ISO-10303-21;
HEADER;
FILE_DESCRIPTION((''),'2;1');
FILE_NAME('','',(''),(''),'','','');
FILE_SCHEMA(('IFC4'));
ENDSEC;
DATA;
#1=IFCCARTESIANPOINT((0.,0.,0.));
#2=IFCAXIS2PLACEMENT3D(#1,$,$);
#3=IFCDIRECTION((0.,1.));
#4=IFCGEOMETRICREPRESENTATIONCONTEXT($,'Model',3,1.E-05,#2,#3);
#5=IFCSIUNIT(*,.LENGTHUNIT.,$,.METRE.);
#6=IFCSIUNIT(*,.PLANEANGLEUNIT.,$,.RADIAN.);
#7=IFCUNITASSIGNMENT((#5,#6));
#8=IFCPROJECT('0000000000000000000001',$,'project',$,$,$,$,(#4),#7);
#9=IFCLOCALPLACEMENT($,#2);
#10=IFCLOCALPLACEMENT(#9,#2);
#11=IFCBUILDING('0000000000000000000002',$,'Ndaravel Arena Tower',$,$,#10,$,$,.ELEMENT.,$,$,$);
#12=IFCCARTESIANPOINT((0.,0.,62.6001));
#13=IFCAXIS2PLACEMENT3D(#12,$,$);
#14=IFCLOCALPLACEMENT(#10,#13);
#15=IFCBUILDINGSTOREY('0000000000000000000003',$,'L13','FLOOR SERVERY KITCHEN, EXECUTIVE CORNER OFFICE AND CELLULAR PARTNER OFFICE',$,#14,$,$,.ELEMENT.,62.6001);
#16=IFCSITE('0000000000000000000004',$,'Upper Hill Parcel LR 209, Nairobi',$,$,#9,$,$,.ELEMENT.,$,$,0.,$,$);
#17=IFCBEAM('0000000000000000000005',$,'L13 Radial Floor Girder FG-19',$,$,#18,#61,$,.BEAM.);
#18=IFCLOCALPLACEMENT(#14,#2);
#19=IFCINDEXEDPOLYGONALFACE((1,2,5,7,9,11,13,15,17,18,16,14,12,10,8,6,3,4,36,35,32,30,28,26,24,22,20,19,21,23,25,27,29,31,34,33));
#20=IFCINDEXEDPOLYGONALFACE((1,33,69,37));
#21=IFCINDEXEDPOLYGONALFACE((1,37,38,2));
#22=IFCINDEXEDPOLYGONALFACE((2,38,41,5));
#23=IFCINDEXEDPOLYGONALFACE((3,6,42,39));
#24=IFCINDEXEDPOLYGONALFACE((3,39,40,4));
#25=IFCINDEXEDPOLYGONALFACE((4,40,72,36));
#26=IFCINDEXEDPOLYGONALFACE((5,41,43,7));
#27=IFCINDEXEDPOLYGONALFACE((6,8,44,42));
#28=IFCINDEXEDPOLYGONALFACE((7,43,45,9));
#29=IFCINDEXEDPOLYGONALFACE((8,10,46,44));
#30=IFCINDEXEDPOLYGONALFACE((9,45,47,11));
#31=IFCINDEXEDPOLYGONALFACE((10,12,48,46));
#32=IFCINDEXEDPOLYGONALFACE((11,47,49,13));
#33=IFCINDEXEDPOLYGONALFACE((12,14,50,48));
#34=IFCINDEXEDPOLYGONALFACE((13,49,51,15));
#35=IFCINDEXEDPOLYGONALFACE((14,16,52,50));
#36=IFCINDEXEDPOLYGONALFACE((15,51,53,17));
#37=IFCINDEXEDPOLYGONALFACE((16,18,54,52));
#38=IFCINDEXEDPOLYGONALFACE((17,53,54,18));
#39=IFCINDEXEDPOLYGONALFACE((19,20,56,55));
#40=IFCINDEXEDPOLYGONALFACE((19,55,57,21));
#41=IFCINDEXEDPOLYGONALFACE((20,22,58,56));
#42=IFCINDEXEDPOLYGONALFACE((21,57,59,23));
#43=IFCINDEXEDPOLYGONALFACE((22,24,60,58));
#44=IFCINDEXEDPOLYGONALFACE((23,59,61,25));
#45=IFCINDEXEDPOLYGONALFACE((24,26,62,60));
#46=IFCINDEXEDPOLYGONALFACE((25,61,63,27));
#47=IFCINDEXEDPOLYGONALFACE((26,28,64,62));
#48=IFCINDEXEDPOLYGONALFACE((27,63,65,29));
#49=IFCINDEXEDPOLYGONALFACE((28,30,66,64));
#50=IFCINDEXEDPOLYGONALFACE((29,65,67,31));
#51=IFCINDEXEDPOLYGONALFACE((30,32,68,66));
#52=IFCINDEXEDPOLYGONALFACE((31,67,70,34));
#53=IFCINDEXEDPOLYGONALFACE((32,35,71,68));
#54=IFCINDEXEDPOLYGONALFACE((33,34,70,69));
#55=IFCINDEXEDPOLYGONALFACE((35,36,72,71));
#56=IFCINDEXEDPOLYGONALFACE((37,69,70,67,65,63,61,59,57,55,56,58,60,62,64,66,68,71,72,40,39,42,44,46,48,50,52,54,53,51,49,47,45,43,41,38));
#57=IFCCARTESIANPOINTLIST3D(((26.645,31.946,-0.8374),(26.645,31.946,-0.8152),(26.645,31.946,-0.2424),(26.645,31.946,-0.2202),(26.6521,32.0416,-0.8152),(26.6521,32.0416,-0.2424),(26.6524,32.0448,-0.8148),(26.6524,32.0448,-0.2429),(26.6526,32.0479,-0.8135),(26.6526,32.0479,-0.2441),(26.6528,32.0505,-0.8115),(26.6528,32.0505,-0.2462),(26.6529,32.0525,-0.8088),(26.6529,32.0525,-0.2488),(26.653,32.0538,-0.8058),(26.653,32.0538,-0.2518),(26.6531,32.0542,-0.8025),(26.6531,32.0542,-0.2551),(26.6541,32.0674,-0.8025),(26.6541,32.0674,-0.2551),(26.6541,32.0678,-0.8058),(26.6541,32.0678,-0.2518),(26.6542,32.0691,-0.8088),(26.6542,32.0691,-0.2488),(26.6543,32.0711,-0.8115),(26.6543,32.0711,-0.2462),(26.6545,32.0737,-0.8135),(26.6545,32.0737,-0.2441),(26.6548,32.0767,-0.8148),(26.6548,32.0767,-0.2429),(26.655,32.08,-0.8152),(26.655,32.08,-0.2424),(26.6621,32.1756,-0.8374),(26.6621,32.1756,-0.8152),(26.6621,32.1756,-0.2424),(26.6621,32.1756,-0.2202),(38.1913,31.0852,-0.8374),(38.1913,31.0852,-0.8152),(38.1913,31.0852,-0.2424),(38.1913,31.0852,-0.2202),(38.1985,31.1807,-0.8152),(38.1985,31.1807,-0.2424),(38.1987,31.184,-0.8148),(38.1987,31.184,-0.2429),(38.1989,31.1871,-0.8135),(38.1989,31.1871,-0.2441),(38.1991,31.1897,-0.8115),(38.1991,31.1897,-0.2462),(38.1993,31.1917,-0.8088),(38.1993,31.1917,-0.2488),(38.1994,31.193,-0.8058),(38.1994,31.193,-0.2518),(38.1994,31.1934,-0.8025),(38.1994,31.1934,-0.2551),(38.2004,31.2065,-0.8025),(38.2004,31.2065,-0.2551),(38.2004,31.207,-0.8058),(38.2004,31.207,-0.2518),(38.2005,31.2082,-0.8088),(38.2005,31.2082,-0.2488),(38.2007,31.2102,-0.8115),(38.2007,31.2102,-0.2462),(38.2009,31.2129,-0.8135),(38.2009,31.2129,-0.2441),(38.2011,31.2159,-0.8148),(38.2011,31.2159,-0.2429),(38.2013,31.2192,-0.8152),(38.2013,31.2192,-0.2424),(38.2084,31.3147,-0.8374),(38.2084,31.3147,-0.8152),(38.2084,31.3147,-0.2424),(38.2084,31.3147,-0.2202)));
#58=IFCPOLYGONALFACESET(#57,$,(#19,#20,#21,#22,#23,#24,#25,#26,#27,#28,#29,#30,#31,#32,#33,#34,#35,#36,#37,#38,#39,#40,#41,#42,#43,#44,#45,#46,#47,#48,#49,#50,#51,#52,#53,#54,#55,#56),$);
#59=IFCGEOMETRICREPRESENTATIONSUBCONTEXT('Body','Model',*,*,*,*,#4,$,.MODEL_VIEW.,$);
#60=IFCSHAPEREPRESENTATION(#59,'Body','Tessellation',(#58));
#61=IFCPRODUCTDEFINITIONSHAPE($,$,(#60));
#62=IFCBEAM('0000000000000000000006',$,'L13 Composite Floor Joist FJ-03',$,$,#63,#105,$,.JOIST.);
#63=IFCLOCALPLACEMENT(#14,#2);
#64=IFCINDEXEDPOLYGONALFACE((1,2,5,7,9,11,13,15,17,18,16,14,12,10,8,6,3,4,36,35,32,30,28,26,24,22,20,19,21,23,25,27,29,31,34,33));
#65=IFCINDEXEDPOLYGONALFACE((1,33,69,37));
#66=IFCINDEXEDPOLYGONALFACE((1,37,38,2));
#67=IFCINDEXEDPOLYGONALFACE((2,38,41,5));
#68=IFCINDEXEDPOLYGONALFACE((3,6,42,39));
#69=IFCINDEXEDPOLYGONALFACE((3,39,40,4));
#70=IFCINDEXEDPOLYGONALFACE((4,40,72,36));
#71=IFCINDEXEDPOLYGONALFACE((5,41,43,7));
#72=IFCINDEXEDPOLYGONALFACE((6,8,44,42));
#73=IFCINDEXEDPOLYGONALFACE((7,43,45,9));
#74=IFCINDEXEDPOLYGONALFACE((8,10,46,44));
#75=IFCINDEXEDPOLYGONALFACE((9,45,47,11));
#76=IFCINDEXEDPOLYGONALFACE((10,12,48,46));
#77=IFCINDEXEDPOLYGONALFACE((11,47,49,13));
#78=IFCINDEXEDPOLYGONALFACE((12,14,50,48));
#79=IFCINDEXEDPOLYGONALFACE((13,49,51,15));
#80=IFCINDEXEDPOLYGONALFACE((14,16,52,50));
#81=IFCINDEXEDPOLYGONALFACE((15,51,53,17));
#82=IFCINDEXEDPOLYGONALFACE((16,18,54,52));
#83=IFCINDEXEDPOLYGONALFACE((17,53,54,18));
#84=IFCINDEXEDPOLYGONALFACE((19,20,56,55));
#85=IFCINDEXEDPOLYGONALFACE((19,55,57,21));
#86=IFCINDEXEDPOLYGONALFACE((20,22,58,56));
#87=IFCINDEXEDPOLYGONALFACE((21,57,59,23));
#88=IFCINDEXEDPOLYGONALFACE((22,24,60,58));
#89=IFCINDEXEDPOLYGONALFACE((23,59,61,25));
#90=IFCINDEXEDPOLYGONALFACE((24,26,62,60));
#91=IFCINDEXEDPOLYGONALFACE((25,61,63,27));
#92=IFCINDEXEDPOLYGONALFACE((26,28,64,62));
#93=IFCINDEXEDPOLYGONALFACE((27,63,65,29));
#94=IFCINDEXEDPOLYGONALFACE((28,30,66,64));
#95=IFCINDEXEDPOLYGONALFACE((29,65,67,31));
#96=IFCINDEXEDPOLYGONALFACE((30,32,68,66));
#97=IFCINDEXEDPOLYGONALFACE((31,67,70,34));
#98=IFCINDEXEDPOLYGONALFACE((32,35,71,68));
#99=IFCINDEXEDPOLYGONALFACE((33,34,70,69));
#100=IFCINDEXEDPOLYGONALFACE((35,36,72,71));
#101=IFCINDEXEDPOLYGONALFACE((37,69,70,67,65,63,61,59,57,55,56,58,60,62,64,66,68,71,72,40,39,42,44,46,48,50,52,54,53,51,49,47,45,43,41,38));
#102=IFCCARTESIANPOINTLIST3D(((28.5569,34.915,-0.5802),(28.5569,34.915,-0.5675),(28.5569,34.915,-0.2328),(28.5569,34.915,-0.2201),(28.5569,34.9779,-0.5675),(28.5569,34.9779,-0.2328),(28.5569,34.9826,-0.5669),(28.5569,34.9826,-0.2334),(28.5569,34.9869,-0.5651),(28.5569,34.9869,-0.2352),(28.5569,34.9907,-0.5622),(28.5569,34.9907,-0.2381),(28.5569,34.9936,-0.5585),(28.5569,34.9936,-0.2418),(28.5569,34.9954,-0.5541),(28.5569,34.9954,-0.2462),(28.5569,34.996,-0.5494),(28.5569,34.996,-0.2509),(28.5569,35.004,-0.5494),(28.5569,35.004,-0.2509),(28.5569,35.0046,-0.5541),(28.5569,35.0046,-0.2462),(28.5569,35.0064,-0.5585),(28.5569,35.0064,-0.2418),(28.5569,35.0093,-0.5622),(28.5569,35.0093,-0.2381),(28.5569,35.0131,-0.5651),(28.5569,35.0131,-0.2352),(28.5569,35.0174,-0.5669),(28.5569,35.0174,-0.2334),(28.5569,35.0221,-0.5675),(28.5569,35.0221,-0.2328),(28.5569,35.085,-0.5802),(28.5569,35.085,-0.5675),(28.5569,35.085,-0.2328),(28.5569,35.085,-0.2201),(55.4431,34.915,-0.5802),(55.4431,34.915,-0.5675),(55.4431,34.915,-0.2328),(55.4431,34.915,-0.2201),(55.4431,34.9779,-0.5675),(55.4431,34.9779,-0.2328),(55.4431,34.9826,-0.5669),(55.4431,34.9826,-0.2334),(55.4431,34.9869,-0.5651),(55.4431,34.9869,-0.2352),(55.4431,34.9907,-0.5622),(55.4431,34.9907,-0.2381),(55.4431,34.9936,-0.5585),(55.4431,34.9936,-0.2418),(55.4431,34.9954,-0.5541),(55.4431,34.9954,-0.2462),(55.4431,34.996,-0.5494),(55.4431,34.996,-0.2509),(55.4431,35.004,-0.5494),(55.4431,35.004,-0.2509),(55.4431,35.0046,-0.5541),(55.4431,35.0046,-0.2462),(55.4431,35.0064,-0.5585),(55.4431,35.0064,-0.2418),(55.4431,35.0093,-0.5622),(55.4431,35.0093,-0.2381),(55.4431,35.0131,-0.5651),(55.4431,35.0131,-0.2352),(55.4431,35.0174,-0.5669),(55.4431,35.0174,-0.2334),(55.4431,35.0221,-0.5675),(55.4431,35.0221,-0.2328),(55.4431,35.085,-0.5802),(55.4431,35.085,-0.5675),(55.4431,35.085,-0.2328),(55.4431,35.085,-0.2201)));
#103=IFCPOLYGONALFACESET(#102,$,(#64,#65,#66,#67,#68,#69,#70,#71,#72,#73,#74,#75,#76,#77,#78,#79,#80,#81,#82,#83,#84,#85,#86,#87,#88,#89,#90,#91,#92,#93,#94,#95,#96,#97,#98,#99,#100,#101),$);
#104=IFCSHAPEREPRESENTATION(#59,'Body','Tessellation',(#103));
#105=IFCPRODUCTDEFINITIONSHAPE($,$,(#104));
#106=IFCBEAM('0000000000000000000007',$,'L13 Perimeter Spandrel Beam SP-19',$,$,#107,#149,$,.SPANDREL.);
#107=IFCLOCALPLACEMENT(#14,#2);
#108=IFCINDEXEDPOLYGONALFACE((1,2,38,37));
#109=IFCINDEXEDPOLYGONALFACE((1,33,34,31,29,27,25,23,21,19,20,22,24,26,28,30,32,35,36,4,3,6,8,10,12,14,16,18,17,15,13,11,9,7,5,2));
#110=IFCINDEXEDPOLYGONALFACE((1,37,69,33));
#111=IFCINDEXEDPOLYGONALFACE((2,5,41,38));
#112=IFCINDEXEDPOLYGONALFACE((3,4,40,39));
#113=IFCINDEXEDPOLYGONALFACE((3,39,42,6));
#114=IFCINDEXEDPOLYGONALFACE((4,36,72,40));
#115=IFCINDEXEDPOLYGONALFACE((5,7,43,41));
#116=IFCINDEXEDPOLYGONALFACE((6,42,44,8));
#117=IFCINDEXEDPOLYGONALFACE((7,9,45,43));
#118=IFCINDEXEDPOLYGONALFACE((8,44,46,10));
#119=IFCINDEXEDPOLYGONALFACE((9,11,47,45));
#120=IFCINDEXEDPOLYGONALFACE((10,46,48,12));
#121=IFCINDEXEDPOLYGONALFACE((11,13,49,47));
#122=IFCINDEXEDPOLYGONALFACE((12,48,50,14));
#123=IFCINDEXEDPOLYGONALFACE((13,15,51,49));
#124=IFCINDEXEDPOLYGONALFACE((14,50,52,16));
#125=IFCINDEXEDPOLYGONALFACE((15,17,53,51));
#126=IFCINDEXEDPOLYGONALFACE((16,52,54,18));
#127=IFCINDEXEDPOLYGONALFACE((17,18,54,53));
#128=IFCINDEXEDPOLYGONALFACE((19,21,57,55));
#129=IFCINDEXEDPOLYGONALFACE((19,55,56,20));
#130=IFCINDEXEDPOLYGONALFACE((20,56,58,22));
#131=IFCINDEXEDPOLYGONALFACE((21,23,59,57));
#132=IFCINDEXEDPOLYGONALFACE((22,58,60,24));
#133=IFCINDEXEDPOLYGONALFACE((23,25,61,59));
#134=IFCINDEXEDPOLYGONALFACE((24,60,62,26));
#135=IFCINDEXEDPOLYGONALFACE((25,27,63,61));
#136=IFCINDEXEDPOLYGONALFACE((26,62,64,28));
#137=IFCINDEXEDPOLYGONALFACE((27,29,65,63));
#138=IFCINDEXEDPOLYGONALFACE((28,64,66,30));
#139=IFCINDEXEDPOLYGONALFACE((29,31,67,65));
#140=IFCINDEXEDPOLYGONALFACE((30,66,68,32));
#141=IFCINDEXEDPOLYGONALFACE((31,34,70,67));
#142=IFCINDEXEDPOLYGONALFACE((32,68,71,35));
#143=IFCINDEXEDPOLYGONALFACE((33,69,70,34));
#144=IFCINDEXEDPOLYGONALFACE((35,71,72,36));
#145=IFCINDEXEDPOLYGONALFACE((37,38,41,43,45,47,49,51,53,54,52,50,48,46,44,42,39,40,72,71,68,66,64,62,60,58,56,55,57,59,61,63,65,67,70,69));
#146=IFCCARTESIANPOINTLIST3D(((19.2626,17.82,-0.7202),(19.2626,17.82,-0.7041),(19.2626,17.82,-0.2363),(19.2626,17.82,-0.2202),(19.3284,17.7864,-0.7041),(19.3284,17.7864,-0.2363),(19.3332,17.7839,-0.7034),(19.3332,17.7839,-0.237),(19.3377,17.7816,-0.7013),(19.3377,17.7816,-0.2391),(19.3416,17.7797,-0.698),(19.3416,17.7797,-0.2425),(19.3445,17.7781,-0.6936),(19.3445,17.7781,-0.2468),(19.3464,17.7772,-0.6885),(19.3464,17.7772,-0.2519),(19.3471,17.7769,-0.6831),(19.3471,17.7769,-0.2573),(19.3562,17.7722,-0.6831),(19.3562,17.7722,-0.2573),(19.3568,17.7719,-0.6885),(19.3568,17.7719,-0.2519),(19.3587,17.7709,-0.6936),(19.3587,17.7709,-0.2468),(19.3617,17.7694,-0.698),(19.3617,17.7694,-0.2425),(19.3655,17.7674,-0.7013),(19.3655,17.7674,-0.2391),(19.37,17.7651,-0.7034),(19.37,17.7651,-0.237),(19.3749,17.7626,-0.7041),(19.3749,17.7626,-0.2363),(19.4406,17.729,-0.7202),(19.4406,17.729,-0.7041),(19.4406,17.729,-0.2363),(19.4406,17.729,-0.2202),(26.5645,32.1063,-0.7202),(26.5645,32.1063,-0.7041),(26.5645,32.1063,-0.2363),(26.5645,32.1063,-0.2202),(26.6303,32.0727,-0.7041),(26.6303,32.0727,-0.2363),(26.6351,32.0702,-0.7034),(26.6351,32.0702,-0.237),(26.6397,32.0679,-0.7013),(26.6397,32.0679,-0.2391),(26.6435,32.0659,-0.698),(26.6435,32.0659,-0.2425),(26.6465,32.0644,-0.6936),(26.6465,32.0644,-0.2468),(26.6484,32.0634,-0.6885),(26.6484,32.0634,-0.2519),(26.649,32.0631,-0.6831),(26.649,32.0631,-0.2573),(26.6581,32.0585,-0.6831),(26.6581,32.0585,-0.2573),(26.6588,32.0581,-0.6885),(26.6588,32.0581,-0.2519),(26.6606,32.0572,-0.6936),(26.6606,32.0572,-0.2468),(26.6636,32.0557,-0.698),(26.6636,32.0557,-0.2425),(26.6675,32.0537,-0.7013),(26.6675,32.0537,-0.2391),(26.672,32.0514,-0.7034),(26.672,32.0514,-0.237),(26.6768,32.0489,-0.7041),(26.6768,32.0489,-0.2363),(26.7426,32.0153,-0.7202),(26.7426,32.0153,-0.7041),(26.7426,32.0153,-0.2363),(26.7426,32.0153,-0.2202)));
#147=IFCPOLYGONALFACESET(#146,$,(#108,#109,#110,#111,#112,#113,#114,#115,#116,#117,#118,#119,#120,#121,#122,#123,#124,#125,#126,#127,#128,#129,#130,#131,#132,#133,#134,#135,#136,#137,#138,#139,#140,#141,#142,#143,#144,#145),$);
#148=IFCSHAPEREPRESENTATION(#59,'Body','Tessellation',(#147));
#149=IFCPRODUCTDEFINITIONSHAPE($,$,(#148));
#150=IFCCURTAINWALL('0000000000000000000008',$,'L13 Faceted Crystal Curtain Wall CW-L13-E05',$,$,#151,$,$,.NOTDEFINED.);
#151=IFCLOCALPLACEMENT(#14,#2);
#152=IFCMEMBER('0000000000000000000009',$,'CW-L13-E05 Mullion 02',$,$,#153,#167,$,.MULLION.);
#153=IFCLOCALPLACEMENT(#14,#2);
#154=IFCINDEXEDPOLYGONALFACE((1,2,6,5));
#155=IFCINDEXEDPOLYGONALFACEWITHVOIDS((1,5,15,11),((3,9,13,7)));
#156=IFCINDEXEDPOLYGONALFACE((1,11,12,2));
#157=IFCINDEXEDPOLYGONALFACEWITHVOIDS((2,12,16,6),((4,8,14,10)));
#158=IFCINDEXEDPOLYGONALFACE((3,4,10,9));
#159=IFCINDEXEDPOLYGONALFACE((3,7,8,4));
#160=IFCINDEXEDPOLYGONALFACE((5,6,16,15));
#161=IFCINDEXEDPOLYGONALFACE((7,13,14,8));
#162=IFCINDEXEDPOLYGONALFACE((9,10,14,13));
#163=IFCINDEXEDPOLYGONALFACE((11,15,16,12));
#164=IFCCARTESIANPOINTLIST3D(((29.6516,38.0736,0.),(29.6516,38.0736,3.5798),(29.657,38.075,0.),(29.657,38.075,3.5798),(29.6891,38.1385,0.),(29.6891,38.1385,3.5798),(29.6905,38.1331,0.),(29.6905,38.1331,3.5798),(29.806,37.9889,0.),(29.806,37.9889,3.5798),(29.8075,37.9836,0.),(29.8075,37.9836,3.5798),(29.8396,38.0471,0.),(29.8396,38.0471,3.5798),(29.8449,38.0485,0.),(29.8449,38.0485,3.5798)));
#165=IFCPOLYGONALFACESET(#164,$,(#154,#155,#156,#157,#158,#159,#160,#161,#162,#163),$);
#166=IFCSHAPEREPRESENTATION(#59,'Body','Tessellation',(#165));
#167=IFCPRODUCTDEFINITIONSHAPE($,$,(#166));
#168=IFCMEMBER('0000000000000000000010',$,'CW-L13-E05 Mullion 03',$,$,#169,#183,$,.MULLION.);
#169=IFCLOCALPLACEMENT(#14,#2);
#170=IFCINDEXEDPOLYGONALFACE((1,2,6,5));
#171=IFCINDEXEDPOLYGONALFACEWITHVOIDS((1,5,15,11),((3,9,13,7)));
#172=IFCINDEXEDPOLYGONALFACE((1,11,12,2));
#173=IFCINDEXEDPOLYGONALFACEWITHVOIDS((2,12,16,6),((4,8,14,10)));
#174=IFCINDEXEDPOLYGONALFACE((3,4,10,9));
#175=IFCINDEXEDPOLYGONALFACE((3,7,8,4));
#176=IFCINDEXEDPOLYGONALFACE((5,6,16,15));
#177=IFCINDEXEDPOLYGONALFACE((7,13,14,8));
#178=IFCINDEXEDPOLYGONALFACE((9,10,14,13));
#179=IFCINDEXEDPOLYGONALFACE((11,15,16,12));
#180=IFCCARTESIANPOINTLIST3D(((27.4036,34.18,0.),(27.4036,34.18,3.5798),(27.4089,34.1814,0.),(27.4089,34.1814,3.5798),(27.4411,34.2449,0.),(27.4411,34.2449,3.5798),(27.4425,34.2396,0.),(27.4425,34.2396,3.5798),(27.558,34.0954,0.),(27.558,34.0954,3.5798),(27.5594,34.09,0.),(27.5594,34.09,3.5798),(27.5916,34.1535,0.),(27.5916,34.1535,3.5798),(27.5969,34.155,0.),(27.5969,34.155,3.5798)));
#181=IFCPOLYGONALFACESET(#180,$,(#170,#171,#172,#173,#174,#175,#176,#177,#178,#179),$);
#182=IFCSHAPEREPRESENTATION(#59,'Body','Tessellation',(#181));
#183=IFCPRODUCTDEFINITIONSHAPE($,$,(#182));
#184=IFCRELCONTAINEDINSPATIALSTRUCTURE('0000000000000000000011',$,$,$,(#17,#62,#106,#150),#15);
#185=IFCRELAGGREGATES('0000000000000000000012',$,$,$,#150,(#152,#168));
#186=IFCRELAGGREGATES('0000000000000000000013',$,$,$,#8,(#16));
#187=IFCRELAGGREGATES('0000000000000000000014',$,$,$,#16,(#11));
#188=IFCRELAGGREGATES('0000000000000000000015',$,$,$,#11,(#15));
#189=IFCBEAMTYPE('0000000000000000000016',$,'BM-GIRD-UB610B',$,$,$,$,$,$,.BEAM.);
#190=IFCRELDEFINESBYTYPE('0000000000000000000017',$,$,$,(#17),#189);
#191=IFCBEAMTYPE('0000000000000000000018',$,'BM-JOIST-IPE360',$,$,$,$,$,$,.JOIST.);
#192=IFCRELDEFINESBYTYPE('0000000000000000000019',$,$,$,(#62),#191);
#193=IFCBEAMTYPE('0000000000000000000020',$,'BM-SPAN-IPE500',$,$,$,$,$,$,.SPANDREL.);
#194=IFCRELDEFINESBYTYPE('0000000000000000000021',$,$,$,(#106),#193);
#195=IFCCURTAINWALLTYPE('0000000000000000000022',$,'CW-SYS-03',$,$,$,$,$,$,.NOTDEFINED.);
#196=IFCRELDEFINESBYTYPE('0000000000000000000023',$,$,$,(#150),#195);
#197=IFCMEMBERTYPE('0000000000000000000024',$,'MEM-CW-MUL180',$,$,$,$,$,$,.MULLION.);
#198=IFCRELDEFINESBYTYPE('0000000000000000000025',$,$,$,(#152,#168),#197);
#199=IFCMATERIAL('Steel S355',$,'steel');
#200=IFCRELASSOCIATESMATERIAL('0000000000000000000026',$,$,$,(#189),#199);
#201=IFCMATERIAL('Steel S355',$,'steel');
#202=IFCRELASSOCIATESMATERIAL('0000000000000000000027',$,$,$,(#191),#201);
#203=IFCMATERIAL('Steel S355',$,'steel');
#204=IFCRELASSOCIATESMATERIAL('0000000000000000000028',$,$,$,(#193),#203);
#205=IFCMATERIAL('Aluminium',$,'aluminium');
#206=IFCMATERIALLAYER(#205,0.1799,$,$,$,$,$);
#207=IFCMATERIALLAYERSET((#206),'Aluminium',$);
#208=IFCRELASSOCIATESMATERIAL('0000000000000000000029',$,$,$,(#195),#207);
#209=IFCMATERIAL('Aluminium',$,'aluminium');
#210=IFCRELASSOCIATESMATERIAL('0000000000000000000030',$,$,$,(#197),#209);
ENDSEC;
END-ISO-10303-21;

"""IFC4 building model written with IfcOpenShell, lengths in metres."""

from ifc_helpers import new_model, si_unit, direction, frame, origin, origin_2d, place, context, subcontext, project, spatial, hollow_rectangle, i_section, extrude, material, layer, layer_set, material_profile, profile_set, type_object, element, aggregate, save


model = new_model("IFC4")

# Units and contexts
model_context = context("Model", 3, precision=1e-05, world=origin(), true_north=direction((0.0, 1.0)))
body_context = subcontext(model_context, "Body", "Model", "MODEL_VIEW")
ifc_project = project(units=[si_unit("LENGTHUNIT", "METRE"), si_unit("PLANEANGLEUNIT", "RADIAN")], contexts=[model_context])

# Site, building, storey
site_placement = place(None, origin())
site = spatial("IfcSite", under=ifc_project, at=site_placement, Name="Upper Hill Parcel LR 209, Nairobi", CompositionType="ELEMENT", RefElevation=0.0)
building_placement = place(site_placement, origin())
building = spatial("IfcBuilding", under=site, at=building_placement, Name="Ndaravel Arena Tower", CompositionType="ELEMENT")
storey_placement = place(building_placement, frame((0.0, 0.0, 62.6001)))
storey = spatial("IfcBuildingStorey", under=building, at=storey_placement, Name="L13", Description="FLOOR SERVERY KITCHEN, EXECUTIVE CORNER OFFICE AND CELLULAR PARTNER OFFICE", CompositionType="ELEMENT", Elevation=62.6001)

# Beams
ifc_material_1 = material(Name="Steel S355", Category="steel")
ifc_material_profile_1 = material_profile(ifc_material_1, i_section(OverallWidth=0.2302, OverallDepth=0.6172, WebThickness=0.0132, FlangeThickness=0.0222, FilletRadius=0.0127, at=origin_2d()), Name="UB 610x229x140")
ifc_profile_set_1 = profile_set([ifc_material_profile_1], Name="Steel S355")
beam_type_1 = type_object("IfcBeamType", Name="BM-GIRD-UB610B", PredefinedType="BEAM", material=ifc_profile_set_1)
beam_1_placement = place(storey_placement, frame((26.6536, 32.0608, -0.5288), z_axis=(0.997232, -0.074349, 0.0), x_axis=(0.074349, 0.997232, 0.0)))
element("IfcBeam", 1, at=beam_1_placement, inside=storey, type_object=beam_type_1, Name="L13 Radial Floor Girder FG-19", PredefinedType="BEAM", context=body_context, shape_type="SweptSolid", body=[
    extrude(i_section(OverallWidth=0.2302, OverallDepth=0.6172, WebThickness=0.0132, FlangeThickness=0.0222, FilletRadius=0.0127, at=origin_2d()), origin(), (0.0, 0.0, 1.0), 11.5784),
])
ifc_material_2 = material(Name="Steel S355", Category="steel")
ifc_material_profile_2 = material_profile(ifc_material_2, i_section(OverallWidth=0.1699, OverallDepth=0.3601, WebThickness=0.0081, FlangeThickness=0.0127, FilletRadius=0.0181, at=origin_2d()), Name="IPE 360")
ifc_profile_set_2 = profile_set([ifc_material_profile_2], Name="Steel S355")
beam_type_2 = type_object("IfcBeamType", Name="BM-JOIST-IPE360", PredefinedType="JOIST", material=ifc_profile_set_2)
beam_2_placement = place(storey_placement, frame((28.5569, 35.0, -0.4001), z_axis=(1.0, 0.0, 0.0), x_axis=(0.0, 1.0, 0.0)))
element("IfcBeam", 2, at=beam_2_placement, inside=storey, type_object=beam_type_2, Name="L13 Composite Floor Joist FJ-03", PredefinedType="JOIST", context=body_context, shape_type="SweptSolid", body=[
    extrude(i_section(OverallWidth=0.1699, OverallDepth=0.3601, WebThickness=0.0081, FlangeThickness=0.0127, FilletRadius=0.0181, at=origin_2d()), origin(), (0.0, 0.0, 1.0), 26.8862),
])
ifc_material_3 = material(Name="Steel S355", Category="steel")
ifc_material_profile_3 = material_profile(ifc_material_3, i_section(OverallWidth=0.2, OverallDepth=0.5, WebThickness=0.0103, FlangeThickness=0.0161, FilletRadius=0.021, at=origin_2d()), Name="IPE 500")
ifc_profile_set_3 = profile_set([ifc_material_profile_3], Name="Steel S355")
beam_type_3 = type_object("IfcBeamType", Name="BM-SPAN-IPE500", PredefinedType="SPANDREL", material=ifc_profile_set_3)
beam_3_placement = place(storey_placement, frame((26.6536, 32.0608, -0.4702), z_axis=(-0.455115, -0.890433, 0.0), x_axis=(0.890433, -0.455115, 0.0)))
element("IfcBeam", 3, at=beam_3_placement, inside=storey, type_object=beam_type_3, Name="L13 Perimeter Spandrel Beam SP-19", PredefinedType="SPANDREL", context=body_context, shape_type="SweptSolid", body=[
    extrude(i_section(OverallWidth=0.2, OverallDepth=0.5, WebThickness=0.0103, FlangeThickness=0.0161, FilletRadius=0.021, at=origin_2d()), origin(), (0.0, 0.0, 1.0), 16.0442),
])

# Curtain wall, members
ifc_material_4 = material(Name="Aluminium", Category="aluminium")
ifc_layer_1 = layer(ifc_material_4, 0.1799)
ifc_layer_set_1 = layer_set([ifc_layer_1], Name="Aluminium")
curtain_wall_type = type_object("IfcCurtainWallType", Name="CW-SYS-03", PredefinedType="NOTDEFINED", material=ifc_layer_set_1)
curtain_wall_placement = place(storey_placement, origin())
curtain_wall = element("IfcCurtainWall", 4, at=curtain_wall_placement, inside=storey, type_object=curtain_wall_type, Name="L13 Faceted Crystal Curtain Wall CW-L13-E05", PredefinedType="NOTDEFINED")
ifc_material_5 = material(Name="Aluminium", Category="aluminium")
ifc_material_profile_4 = material_profile(ifc_material_5, hollow_rectangle(XDim=0.075, YDim=0.1799, WallThickness=0.0039, at=origin_2d()), Name="CW MULLION 75x180x4")
ifc_profile_set_4 = profile_set([ifc_material_profile_4], Name="Aluminium")
member_type = type_object("IfcMemberType", Name="MEM-CW-MUL180", PredefinedType="MULLION", material=ifc_profile_set_4)
member_1_placement = place(storey_placement, frame((29.7483, 38.061, 0.0), z_axis=(0.0, 0.0, 1.0), x_axis=(-0.5, -0.866025, 0.0)))
member_1 = element("IfcMember", 5, at=member_1_placement, type_object=member_type, Name="CW-L13-E05 Mullion 02", PredefinedType="MULLION", context=body_context, shape_type="SweptSolid", body=[
    extrude(hollow_rectangle(XDim=0.075, YDim=0.1799, WallThickness=0.0039, at=origin_2d()), origin(), (0.0, 0.0, 1.0), 3.5798),
])
member_2_placement = place(storey_placement, frame((27.5002, 34.1675, 0.0), z_axis=(0.0, 0.0, 1.0), x_axis=(-0.5, -0.866025, 0.0)))
member_2 = element("IfcMember", 6, at=member_2_placement, type_object=member_type, Name="CW-L13-E05 Mullion 03", PredefinedType="MULLION", context=body_context, shape_type="SweptSolid", body=[
    extrude(hollow_rectangle(XDim=0.075, YDim=0.1799, WallThickness=0.0039, at=origin_2d()), origin(), (0.0, 0.0, 1.0), 3.5798),
])
aggregate(curtain_wall, [member_1, member_2])

save(model, "model.ifc")
